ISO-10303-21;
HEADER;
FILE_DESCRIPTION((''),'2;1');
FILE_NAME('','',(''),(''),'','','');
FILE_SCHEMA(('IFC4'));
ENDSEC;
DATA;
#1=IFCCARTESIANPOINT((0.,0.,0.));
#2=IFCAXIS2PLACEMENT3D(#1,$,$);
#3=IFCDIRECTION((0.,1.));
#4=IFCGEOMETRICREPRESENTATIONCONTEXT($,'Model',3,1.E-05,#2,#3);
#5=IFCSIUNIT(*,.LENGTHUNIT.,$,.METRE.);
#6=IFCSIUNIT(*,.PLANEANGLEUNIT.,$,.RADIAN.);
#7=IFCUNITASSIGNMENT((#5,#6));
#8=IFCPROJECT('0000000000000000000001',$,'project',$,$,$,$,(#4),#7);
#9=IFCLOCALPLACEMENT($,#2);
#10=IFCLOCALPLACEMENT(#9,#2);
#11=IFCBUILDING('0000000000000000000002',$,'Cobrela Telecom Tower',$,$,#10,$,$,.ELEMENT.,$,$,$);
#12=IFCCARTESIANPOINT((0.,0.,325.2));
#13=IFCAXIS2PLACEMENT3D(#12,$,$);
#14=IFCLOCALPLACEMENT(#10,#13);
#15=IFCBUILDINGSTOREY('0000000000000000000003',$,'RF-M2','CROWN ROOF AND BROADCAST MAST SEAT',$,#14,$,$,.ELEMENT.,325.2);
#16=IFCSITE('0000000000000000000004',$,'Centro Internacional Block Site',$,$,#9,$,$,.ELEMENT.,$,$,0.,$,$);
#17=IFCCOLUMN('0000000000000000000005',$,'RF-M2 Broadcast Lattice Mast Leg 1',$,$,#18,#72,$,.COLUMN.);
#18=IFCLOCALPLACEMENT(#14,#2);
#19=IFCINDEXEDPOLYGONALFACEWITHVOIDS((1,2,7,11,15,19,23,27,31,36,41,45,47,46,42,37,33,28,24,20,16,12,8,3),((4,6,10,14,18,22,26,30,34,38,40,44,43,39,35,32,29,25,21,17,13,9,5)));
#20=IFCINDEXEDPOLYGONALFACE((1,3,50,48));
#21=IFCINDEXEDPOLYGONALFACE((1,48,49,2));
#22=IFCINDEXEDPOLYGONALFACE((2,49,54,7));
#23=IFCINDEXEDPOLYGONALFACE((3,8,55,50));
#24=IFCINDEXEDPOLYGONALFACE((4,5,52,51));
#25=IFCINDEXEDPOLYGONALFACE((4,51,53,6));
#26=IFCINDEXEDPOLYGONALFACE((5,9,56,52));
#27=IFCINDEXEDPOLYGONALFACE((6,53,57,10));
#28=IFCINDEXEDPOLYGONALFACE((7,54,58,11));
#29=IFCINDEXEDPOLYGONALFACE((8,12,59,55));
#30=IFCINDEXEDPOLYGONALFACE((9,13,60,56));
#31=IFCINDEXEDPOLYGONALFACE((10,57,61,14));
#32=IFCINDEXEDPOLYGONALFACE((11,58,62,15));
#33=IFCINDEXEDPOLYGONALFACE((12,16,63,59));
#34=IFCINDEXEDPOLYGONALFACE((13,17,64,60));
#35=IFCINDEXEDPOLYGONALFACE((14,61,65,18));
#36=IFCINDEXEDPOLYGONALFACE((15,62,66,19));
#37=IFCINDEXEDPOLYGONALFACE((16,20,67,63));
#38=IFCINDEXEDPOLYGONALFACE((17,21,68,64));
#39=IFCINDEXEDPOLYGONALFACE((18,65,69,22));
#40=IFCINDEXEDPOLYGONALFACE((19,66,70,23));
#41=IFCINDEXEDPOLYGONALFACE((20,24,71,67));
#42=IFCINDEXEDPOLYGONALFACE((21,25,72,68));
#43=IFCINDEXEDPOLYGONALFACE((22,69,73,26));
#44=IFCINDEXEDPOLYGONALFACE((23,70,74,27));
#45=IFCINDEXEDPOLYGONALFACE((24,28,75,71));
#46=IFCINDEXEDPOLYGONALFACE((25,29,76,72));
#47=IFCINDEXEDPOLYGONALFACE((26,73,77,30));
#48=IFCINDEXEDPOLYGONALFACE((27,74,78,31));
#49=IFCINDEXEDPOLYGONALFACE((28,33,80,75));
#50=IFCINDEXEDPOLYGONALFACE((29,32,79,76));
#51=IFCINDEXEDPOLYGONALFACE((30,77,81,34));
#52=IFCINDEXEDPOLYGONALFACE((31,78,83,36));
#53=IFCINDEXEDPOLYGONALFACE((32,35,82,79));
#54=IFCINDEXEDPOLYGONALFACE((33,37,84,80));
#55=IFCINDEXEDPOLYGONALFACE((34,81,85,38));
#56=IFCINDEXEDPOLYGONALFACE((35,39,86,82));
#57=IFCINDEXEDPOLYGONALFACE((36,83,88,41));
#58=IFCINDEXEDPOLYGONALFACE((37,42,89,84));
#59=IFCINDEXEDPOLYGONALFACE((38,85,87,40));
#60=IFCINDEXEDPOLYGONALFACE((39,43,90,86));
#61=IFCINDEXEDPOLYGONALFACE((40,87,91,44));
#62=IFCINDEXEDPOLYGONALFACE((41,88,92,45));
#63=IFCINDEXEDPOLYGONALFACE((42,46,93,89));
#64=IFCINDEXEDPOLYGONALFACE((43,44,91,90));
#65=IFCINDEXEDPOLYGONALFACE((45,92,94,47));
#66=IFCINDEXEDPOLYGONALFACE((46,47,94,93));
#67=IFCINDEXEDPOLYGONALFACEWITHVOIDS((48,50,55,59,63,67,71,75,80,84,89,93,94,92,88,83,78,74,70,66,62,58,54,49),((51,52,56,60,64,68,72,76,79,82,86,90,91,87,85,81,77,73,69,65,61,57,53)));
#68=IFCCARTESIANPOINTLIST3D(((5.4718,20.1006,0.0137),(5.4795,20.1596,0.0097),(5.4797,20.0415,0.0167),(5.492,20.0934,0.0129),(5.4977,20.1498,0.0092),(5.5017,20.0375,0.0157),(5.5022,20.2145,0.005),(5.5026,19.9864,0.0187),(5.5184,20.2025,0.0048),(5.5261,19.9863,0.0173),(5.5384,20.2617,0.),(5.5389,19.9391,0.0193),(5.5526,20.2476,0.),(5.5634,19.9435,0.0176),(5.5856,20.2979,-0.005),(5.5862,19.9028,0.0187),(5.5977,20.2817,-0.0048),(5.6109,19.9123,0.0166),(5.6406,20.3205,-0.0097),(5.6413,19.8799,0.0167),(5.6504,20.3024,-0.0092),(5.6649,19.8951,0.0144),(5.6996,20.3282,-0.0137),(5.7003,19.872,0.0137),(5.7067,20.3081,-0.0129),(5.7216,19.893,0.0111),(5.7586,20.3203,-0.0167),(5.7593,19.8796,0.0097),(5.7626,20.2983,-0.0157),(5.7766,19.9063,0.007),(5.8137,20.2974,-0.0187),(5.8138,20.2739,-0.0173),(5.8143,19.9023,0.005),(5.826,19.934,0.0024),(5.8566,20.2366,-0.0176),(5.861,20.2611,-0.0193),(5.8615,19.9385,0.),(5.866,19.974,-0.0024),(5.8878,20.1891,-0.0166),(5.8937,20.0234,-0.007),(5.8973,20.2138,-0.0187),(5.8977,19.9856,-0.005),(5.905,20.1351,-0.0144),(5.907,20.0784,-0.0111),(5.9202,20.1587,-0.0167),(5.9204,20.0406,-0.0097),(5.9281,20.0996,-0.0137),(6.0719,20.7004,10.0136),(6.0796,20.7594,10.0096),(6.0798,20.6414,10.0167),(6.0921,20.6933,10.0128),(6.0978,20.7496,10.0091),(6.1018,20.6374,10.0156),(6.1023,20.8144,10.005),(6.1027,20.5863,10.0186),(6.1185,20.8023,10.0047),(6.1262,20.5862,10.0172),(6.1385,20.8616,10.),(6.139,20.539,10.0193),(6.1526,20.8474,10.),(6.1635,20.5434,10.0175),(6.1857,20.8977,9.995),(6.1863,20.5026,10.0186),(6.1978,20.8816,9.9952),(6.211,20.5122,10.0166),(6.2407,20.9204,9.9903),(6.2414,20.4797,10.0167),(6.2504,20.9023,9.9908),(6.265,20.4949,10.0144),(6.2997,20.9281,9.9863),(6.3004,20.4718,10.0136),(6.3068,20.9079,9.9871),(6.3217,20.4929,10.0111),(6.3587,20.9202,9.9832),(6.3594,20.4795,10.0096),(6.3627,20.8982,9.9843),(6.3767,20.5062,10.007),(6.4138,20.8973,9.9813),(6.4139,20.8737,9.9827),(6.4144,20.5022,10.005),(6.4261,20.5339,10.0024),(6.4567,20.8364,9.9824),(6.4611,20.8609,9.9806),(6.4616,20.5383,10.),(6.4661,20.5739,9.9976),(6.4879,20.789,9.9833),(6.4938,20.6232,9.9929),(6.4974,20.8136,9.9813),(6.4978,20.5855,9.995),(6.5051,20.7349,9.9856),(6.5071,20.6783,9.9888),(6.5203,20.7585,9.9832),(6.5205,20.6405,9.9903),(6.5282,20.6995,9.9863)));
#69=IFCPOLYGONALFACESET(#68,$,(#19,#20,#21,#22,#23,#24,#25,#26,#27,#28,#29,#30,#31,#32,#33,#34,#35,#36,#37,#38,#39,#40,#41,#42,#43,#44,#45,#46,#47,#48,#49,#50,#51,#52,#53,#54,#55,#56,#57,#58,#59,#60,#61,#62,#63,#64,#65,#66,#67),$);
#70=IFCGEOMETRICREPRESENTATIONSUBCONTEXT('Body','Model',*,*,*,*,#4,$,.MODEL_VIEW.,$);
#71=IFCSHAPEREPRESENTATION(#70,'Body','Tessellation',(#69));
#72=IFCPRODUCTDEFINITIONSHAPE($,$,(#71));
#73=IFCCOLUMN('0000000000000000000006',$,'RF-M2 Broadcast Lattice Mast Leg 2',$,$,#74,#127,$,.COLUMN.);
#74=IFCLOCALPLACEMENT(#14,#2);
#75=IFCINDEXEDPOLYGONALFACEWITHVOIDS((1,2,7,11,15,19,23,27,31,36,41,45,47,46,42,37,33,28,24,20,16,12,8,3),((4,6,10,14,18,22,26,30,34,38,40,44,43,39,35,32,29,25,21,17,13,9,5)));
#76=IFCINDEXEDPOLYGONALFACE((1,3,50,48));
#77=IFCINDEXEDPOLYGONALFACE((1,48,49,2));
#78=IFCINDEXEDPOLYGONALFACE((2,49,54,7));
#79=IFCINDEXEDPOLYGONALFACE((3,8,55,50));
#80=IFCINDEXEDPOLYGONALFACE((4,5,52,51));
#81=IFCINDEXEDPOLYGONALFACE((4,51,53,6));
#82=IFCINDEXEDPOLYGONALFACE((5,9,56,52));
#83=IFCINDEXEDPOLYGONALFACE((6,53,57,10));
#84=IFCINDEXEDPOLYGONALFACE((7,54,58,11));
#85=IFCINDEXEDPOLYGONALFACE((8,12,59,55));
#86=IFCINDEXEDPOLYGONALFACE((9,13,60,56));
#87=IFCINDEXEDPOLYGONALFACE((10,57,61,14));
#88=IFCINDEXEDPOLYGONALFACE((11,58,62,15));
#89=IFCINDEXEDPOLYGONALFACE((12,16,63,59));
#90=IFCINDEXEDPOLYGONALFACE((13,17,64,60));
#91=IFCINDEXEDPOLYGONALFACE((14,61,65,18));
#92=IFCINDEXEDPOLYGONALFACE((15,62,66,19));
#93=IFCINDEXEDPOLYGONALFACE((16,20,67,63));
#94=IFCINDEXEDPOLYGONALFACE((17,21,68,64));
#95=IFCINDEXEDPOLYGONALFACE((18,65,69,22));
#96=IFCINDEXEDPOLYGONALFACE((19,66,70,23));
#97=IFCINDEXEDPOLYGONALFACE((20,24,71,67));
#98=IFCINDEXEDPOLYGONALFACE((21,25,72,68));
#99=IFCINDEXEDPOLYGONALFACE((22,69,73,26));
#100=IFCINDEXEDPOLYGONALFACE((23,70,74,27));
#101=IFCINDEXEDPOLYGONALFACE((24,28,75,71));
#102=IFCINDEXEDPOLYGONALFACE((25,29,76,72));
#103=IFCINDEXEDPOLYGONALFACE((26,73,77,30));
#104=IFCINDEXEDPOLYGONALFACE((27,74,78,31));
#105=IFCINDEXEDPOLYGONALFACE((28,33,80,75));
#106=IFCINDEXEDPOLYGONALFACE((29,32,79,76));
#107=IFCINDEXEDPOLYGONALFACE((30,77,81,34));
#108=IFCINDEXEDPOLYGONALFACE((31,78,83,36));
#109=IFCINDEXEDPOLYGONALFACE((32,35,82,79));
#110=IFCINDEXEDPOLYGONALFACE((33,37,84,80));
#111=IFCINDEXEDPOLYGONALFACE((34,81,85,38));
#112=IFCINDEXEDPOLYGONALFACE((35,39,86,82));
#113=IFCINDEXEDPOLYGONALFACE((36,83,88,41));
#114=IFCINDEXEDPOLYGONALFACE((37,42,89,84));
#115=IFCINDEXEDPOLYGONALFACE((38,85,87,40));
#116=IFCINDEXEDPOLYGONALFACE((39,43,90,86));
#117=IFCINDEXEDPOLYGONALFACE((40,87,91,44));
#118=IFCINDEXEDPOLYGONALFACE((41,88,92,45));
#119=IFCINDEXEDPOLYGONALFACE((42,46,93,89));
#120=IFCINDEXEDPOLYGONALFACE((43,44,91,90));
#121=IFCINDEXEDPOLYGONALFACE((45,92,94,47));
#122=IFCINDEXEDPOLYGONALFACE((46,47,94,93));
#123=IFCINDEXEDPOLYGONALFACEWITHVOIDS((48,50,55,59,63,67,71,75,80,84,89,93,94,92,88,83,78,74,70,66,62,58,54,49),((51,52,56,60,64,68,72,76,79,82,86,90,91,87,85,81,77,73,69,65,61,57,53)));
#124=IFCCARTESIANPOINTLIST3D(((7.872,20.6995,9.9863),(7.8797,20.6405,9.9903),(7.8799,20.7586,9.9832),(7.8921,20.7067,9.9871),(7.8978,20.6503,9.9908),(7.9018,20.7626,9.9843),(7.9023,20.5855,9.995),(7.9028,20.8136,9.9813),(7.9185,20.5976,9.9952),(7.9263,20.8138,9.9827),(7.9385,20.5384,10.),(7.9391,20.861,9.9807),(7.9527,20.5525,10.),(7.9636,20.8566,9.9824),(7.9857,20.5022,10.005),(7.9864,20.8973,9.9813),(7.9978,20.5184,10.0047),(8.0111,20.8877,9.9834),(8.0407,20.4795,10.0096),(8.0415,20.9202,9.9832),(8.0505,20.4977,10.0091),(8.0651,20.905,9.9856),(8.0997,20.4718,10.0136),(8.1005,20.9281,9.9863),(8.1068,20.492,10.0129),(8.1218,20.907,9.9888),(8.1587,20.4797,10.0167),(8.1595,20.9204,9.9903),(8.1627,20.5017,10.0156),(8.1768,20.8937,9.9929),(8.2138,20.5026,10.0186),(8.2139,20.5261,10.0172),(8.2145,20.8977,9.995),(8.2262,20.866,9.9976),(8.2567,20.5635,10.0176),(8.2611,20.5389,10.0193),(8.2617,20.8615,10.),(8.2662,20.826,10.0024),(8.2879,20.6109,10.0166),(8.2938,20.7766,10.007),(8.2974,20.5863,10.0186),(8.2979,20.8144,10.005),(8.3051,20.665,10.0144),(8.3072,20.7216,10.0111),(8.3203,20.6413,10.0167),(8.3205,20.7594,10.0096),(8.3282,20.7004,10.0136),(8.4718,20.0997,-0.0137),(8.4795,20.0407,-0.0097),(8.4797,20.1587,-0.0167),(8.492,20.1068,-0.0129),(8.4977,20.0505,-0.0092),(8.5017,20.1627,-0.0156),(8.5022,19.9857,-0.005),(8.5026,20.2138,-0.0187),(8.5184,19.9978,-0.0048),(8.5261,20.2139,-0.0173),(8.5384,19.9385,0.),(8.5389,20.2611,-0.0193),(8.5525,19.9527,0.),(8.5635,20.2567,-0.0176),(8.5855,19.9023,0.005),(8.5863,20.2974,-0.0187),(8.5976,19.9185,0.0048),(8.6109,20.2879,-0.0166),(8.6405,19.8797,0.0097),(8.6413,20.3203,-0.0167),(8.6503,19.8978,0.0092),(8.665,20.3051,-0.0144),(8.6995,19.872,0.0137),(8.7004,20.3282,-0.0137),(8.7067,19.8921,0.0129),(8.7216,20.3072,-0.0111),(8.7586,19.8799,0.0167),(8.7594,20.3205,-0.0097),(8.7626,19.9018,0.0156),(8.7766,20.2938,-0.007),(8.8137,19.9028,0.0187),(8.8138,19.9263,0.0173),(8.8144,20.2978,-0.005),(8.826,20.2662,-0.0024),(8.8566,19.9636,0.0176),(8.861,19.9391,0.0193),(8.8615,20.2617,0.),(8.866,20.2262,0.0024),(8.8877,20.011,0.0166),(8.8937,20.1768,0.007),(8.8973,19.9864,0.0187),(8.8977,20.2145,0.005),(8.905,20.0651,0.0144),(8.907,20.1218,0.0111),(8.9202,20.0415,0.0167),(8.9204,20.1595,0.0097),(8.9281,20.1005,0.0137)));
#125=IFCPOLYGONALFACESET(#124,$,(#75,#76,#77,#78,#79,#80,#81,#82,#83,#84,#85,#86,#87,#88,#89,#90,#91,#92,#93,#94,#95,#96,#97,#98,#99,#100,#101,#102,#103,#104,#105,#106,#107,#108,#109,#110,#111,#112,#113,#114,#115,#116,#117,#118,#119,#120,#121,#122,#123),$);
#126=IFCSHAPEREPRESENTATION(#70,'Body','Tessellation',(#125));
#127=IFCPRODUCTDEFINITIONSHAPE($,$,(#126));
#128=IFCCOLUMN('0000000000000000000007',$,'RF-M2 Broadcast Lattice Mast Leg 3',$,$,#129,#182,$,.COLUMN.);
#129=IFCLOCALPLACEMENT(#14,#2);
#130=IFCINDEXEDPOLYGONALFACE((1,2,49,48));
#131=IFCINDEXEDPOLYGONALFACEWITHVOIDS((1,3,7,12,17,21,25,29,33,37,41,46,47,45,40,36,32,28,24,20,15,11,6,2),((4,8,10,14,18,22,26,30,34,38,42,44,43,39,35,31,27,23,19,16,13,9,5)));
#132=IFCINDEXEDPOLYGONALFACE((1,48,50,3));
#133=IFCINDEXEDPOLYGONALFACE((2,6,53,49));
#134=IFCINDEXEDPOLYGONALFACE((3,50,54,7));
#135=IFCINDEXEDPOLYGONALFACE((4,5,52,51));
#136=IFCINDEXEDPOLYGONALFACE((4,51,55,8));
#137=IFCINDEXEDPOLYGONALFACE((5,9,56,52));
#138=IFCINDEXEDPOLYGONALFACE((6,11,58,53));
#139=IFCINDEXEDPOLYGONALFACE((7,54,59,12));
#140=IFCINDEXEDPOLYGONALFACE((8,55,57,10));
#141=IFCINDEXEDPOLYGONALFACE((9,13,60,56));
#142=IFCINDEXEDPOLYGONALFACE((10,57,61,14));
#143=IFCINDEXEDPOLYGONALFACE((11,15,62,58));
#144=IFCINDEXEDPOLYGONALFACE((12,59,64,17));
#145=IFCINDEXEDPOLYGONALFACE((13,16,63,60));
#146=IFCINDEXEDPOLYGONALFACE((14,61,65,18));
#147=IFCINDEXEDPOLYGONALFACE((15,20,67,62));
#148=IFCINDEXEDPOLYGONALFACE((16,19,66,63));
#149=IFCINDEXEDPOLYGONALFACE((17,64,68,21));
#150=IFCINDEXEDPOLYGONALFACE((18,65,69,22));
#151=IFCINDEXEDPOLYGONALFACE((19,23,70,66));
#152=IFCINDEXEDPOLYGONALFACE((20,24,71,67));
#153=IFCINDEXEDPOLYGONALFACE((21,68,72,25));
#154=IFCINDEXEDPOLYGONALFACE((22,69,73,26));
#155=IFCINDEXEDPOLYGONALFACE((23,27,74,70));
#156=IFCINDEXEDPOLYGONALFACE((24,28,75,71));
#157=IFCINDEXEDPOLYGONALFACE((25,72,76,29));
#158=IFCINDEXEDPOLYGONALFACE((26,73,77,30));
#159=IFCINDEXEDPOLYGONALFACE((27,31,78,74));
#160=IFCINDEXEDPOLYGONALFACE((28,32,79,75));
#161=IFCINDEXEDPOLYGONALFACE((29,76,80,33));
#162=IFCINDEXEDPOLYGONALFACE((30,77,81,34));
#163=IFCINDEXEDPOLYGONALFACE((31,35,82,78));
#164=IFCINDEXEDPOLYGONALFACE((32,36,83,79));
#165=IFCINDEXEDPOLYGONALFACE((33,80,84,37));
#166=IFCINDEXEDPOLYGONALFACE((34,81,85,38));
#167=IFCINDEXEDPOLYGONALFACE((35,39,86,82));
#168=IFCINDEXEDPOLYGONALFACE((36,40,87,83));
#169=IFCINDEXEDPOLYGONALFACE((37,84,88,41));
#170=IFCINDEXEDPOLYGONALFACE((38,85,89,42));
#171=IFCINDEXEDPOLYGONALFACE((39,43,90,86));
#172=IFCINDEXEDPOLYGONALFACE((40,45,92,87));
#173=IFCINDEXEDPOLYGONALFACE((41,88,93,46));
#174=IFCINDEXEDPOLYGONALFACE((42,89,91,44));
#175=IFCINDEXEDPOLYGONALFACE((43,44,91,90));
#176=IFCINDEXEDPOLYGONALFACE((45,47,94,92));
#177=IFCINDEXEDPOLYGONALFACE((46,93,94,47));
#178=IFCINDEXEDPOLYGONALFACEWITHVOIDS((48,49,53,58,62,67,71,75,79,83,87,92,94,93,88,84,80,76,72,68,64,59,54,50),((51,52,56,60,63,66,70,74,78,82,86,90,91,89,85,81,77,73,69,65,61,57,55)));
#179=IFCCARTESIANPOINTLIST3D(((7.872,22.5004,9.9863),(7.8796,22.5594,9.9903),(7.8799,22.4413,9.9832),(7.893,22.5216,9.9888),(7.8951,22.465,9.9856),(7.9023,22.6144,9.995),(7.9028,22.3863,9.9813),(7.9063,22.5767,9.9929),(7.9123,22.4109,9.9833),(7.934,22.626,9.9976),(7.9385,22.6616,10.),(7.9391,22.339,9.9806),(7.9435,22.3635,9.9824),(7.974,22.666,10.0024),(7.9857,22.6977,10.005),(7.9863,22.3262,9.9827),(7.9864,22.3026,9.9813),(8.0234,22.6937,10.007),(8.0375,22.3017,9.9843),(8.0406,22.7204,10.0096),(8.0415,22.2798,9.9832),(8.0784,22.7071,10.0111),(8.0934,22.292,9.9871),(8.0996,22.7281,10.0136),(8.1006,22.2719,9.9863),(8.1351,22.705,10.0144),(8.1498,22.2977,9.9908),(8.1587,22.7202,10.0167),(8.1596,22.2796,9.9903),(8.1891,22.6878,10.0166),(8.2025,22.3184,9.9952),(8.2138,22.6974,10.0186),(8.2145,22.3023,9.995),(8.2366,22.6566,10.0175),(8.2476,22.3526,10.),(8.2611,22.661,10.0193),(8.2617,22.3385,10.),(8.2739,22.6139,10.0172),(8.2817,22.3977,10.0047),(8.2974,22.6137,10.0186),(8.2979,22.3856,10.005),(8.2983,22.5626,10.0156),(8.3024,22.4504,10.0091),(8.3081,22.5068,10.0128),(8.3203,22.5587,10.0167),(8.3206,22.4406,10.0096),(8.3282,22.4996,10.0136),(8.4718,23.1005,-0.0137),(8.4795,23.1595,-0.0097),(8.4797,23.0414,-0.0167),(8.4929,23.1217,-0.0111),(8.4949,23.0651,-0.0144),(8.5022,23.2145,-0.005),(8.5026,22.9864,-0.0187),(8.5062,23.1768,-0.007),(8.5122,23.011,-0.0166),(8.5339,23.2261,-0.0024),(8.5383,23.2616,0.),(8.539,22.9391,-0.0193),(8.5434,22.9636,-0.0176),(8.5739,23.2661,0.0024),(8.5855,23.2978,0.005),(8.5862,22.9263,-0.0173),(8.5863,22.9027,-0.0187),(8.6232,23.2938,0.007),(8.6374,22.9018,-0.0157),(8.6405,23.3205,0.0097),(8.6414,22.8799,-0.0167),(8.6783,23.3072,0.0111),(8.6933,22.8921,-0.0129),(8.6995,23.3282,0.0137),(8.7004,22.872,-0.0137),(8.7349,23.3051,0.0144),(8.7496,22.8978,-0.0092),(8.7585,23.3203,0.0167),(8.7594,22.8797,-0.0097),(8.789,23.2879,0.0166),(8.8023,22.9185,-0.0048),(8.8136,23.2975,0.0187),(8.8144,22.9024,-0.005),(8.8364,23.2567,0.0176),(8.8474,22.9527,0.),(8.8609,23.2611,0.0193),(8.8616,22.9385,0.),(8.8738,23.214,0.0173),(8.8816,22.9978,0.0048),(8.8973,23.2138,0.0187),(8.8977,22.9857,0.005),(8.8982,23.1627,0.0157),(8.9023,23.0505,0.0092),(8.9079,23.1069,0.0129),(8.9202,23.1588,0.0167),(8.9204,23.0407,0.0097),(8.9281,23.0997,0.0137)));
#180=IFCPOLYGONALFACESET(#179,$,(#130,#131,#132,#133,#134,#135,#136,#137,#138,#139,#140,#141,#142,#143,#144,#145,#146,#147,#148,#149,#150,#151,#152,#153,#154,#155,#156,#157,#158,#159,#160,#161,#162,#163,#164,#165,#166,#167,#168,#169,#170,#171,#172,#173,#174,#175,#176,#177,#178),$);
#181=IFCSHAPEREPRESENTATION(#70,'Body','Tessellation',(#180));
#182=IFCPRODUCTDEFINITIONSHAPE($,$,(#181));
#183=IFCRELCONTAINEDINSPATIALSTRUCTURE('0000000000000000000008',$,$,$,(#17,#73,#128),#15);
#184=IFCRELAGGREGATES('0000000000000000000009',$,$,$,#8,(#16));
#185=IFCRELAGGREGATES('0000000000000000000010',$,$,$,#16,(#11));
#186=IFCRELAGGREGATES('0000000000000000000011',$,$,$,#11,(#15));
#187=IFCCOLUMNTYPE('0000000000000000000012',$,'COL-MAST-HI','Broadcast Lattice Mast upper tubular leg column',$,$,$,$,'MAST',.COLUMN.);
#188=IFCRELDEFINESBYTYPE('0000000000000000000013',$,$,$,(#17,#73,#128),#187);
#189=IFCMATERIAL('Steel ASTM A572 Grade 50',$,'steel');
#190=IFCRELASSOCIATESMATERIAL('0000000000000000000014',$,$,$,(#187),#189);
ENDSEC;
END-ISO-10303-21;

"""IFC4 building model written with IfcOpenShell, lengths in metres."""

from ifc_helpers import new_model, si_unit, direction, frame, origin, origin_2d, place, context, subcontext, project, spatial, hollow_circle, extrude, material, material_profile, profile_set, type_object, element, save


model = new_model("IFC4")

# Units and contexts
model_context = context("Model", 3, precision=1e-05, world=origin(), true_north=direction((0.0, 1.0)))
body_context = subcontext(model_context, "Body", "Model", "MODEL_VIEW")
ifc_project = project(units=[si_unit("LENGTHUNIT", "METRE"), si_unit("PLANEANGLEUNIT", "RADIAN")], contexts=[model_context])

# Site, building, storey
site_placement = place(None, origin())
site = spatial("IfcSite", under=ifc_project, at=site_placement, Name="Centro Internacional Block Site", CompositionType="ELEMENT", RefElevation=0.0)
building_placement = place(site_placement, origin())
building = spatial("IfcBuilding", under=site, at=building_placement, Name="Cobrela Telecom Tower", CompositionType="ELEMENT")
storey_placement = place(building_placement, frame((0.0, 0.0, 325.2)))
storey = spatial("IfcBuildingStorey", under=building, at=storey_placement, Name="RF-M2", Description="CROWN ROOF AND BROADCAST MAST SEAT", CompositionType="ELEMENT", Elevation=325.2)

# Columns
ifc_material = material(Name="Steel ASTM A572 Grade 50", Category="steel")
ifc_material_profile_1 = material_profile(ifc_material, hollow_circle(Radius=0.2285, WallThickness=0.02, at=origin_2d()), Name="CHS 457x20")
ifc_profile_set_1 = profile_set([ifc_material_profile_1], Name="Steel ASTM A572 Grade 50")
column_type = type_object("IfcColumnType", Name="COL-MAST-HI", Description="Broadcast Lattice Mast upper tubular leg column", ElementType="MAST", PredefinedType="COLUMN", material=ifc_profile_set_1)
for number, where, z_axis, x_axis, name in (
    (1, (5.7, 20.1001, 0.0), (0.059795, 0.059771, 0.99642), (-0.706963, 0.707251, 0.0), "RF-M2 Broadcast Lattice Mast Leg 1"),
    (2, (8.7, 20.1001, 0.0), (-0.059771, 0.059771, 0.996421), (-0.707107, -0.707107, 0.0), "RF-M2 Broadcast Lattice Mast Leg 2"),
    (3, (8.7, 23.1001, 0.0), (-0.059771, -0.059795, 0.99642), (0.707251, -0.706963, 0.0), "RF-M2 Broadcast Lattice Mast Leg 3"),
):
    element("IfcColumn", number, at=place(storey_placement, frame(where, z_axis=z_axis, x_axis=x_axis)), inside=storey, type_object=column_type, Name=name, PredefinedType="COLUMN", context=body_context, shape_type="SweptSolid", body=[
        extrude(hollow_circle(Radius=0.2285, WallThickness=0.02, at=origin_2d()), origin(), (0.0, 0.0, 1.0), 10.0359),
    ])

save(model, "model.ifc")
